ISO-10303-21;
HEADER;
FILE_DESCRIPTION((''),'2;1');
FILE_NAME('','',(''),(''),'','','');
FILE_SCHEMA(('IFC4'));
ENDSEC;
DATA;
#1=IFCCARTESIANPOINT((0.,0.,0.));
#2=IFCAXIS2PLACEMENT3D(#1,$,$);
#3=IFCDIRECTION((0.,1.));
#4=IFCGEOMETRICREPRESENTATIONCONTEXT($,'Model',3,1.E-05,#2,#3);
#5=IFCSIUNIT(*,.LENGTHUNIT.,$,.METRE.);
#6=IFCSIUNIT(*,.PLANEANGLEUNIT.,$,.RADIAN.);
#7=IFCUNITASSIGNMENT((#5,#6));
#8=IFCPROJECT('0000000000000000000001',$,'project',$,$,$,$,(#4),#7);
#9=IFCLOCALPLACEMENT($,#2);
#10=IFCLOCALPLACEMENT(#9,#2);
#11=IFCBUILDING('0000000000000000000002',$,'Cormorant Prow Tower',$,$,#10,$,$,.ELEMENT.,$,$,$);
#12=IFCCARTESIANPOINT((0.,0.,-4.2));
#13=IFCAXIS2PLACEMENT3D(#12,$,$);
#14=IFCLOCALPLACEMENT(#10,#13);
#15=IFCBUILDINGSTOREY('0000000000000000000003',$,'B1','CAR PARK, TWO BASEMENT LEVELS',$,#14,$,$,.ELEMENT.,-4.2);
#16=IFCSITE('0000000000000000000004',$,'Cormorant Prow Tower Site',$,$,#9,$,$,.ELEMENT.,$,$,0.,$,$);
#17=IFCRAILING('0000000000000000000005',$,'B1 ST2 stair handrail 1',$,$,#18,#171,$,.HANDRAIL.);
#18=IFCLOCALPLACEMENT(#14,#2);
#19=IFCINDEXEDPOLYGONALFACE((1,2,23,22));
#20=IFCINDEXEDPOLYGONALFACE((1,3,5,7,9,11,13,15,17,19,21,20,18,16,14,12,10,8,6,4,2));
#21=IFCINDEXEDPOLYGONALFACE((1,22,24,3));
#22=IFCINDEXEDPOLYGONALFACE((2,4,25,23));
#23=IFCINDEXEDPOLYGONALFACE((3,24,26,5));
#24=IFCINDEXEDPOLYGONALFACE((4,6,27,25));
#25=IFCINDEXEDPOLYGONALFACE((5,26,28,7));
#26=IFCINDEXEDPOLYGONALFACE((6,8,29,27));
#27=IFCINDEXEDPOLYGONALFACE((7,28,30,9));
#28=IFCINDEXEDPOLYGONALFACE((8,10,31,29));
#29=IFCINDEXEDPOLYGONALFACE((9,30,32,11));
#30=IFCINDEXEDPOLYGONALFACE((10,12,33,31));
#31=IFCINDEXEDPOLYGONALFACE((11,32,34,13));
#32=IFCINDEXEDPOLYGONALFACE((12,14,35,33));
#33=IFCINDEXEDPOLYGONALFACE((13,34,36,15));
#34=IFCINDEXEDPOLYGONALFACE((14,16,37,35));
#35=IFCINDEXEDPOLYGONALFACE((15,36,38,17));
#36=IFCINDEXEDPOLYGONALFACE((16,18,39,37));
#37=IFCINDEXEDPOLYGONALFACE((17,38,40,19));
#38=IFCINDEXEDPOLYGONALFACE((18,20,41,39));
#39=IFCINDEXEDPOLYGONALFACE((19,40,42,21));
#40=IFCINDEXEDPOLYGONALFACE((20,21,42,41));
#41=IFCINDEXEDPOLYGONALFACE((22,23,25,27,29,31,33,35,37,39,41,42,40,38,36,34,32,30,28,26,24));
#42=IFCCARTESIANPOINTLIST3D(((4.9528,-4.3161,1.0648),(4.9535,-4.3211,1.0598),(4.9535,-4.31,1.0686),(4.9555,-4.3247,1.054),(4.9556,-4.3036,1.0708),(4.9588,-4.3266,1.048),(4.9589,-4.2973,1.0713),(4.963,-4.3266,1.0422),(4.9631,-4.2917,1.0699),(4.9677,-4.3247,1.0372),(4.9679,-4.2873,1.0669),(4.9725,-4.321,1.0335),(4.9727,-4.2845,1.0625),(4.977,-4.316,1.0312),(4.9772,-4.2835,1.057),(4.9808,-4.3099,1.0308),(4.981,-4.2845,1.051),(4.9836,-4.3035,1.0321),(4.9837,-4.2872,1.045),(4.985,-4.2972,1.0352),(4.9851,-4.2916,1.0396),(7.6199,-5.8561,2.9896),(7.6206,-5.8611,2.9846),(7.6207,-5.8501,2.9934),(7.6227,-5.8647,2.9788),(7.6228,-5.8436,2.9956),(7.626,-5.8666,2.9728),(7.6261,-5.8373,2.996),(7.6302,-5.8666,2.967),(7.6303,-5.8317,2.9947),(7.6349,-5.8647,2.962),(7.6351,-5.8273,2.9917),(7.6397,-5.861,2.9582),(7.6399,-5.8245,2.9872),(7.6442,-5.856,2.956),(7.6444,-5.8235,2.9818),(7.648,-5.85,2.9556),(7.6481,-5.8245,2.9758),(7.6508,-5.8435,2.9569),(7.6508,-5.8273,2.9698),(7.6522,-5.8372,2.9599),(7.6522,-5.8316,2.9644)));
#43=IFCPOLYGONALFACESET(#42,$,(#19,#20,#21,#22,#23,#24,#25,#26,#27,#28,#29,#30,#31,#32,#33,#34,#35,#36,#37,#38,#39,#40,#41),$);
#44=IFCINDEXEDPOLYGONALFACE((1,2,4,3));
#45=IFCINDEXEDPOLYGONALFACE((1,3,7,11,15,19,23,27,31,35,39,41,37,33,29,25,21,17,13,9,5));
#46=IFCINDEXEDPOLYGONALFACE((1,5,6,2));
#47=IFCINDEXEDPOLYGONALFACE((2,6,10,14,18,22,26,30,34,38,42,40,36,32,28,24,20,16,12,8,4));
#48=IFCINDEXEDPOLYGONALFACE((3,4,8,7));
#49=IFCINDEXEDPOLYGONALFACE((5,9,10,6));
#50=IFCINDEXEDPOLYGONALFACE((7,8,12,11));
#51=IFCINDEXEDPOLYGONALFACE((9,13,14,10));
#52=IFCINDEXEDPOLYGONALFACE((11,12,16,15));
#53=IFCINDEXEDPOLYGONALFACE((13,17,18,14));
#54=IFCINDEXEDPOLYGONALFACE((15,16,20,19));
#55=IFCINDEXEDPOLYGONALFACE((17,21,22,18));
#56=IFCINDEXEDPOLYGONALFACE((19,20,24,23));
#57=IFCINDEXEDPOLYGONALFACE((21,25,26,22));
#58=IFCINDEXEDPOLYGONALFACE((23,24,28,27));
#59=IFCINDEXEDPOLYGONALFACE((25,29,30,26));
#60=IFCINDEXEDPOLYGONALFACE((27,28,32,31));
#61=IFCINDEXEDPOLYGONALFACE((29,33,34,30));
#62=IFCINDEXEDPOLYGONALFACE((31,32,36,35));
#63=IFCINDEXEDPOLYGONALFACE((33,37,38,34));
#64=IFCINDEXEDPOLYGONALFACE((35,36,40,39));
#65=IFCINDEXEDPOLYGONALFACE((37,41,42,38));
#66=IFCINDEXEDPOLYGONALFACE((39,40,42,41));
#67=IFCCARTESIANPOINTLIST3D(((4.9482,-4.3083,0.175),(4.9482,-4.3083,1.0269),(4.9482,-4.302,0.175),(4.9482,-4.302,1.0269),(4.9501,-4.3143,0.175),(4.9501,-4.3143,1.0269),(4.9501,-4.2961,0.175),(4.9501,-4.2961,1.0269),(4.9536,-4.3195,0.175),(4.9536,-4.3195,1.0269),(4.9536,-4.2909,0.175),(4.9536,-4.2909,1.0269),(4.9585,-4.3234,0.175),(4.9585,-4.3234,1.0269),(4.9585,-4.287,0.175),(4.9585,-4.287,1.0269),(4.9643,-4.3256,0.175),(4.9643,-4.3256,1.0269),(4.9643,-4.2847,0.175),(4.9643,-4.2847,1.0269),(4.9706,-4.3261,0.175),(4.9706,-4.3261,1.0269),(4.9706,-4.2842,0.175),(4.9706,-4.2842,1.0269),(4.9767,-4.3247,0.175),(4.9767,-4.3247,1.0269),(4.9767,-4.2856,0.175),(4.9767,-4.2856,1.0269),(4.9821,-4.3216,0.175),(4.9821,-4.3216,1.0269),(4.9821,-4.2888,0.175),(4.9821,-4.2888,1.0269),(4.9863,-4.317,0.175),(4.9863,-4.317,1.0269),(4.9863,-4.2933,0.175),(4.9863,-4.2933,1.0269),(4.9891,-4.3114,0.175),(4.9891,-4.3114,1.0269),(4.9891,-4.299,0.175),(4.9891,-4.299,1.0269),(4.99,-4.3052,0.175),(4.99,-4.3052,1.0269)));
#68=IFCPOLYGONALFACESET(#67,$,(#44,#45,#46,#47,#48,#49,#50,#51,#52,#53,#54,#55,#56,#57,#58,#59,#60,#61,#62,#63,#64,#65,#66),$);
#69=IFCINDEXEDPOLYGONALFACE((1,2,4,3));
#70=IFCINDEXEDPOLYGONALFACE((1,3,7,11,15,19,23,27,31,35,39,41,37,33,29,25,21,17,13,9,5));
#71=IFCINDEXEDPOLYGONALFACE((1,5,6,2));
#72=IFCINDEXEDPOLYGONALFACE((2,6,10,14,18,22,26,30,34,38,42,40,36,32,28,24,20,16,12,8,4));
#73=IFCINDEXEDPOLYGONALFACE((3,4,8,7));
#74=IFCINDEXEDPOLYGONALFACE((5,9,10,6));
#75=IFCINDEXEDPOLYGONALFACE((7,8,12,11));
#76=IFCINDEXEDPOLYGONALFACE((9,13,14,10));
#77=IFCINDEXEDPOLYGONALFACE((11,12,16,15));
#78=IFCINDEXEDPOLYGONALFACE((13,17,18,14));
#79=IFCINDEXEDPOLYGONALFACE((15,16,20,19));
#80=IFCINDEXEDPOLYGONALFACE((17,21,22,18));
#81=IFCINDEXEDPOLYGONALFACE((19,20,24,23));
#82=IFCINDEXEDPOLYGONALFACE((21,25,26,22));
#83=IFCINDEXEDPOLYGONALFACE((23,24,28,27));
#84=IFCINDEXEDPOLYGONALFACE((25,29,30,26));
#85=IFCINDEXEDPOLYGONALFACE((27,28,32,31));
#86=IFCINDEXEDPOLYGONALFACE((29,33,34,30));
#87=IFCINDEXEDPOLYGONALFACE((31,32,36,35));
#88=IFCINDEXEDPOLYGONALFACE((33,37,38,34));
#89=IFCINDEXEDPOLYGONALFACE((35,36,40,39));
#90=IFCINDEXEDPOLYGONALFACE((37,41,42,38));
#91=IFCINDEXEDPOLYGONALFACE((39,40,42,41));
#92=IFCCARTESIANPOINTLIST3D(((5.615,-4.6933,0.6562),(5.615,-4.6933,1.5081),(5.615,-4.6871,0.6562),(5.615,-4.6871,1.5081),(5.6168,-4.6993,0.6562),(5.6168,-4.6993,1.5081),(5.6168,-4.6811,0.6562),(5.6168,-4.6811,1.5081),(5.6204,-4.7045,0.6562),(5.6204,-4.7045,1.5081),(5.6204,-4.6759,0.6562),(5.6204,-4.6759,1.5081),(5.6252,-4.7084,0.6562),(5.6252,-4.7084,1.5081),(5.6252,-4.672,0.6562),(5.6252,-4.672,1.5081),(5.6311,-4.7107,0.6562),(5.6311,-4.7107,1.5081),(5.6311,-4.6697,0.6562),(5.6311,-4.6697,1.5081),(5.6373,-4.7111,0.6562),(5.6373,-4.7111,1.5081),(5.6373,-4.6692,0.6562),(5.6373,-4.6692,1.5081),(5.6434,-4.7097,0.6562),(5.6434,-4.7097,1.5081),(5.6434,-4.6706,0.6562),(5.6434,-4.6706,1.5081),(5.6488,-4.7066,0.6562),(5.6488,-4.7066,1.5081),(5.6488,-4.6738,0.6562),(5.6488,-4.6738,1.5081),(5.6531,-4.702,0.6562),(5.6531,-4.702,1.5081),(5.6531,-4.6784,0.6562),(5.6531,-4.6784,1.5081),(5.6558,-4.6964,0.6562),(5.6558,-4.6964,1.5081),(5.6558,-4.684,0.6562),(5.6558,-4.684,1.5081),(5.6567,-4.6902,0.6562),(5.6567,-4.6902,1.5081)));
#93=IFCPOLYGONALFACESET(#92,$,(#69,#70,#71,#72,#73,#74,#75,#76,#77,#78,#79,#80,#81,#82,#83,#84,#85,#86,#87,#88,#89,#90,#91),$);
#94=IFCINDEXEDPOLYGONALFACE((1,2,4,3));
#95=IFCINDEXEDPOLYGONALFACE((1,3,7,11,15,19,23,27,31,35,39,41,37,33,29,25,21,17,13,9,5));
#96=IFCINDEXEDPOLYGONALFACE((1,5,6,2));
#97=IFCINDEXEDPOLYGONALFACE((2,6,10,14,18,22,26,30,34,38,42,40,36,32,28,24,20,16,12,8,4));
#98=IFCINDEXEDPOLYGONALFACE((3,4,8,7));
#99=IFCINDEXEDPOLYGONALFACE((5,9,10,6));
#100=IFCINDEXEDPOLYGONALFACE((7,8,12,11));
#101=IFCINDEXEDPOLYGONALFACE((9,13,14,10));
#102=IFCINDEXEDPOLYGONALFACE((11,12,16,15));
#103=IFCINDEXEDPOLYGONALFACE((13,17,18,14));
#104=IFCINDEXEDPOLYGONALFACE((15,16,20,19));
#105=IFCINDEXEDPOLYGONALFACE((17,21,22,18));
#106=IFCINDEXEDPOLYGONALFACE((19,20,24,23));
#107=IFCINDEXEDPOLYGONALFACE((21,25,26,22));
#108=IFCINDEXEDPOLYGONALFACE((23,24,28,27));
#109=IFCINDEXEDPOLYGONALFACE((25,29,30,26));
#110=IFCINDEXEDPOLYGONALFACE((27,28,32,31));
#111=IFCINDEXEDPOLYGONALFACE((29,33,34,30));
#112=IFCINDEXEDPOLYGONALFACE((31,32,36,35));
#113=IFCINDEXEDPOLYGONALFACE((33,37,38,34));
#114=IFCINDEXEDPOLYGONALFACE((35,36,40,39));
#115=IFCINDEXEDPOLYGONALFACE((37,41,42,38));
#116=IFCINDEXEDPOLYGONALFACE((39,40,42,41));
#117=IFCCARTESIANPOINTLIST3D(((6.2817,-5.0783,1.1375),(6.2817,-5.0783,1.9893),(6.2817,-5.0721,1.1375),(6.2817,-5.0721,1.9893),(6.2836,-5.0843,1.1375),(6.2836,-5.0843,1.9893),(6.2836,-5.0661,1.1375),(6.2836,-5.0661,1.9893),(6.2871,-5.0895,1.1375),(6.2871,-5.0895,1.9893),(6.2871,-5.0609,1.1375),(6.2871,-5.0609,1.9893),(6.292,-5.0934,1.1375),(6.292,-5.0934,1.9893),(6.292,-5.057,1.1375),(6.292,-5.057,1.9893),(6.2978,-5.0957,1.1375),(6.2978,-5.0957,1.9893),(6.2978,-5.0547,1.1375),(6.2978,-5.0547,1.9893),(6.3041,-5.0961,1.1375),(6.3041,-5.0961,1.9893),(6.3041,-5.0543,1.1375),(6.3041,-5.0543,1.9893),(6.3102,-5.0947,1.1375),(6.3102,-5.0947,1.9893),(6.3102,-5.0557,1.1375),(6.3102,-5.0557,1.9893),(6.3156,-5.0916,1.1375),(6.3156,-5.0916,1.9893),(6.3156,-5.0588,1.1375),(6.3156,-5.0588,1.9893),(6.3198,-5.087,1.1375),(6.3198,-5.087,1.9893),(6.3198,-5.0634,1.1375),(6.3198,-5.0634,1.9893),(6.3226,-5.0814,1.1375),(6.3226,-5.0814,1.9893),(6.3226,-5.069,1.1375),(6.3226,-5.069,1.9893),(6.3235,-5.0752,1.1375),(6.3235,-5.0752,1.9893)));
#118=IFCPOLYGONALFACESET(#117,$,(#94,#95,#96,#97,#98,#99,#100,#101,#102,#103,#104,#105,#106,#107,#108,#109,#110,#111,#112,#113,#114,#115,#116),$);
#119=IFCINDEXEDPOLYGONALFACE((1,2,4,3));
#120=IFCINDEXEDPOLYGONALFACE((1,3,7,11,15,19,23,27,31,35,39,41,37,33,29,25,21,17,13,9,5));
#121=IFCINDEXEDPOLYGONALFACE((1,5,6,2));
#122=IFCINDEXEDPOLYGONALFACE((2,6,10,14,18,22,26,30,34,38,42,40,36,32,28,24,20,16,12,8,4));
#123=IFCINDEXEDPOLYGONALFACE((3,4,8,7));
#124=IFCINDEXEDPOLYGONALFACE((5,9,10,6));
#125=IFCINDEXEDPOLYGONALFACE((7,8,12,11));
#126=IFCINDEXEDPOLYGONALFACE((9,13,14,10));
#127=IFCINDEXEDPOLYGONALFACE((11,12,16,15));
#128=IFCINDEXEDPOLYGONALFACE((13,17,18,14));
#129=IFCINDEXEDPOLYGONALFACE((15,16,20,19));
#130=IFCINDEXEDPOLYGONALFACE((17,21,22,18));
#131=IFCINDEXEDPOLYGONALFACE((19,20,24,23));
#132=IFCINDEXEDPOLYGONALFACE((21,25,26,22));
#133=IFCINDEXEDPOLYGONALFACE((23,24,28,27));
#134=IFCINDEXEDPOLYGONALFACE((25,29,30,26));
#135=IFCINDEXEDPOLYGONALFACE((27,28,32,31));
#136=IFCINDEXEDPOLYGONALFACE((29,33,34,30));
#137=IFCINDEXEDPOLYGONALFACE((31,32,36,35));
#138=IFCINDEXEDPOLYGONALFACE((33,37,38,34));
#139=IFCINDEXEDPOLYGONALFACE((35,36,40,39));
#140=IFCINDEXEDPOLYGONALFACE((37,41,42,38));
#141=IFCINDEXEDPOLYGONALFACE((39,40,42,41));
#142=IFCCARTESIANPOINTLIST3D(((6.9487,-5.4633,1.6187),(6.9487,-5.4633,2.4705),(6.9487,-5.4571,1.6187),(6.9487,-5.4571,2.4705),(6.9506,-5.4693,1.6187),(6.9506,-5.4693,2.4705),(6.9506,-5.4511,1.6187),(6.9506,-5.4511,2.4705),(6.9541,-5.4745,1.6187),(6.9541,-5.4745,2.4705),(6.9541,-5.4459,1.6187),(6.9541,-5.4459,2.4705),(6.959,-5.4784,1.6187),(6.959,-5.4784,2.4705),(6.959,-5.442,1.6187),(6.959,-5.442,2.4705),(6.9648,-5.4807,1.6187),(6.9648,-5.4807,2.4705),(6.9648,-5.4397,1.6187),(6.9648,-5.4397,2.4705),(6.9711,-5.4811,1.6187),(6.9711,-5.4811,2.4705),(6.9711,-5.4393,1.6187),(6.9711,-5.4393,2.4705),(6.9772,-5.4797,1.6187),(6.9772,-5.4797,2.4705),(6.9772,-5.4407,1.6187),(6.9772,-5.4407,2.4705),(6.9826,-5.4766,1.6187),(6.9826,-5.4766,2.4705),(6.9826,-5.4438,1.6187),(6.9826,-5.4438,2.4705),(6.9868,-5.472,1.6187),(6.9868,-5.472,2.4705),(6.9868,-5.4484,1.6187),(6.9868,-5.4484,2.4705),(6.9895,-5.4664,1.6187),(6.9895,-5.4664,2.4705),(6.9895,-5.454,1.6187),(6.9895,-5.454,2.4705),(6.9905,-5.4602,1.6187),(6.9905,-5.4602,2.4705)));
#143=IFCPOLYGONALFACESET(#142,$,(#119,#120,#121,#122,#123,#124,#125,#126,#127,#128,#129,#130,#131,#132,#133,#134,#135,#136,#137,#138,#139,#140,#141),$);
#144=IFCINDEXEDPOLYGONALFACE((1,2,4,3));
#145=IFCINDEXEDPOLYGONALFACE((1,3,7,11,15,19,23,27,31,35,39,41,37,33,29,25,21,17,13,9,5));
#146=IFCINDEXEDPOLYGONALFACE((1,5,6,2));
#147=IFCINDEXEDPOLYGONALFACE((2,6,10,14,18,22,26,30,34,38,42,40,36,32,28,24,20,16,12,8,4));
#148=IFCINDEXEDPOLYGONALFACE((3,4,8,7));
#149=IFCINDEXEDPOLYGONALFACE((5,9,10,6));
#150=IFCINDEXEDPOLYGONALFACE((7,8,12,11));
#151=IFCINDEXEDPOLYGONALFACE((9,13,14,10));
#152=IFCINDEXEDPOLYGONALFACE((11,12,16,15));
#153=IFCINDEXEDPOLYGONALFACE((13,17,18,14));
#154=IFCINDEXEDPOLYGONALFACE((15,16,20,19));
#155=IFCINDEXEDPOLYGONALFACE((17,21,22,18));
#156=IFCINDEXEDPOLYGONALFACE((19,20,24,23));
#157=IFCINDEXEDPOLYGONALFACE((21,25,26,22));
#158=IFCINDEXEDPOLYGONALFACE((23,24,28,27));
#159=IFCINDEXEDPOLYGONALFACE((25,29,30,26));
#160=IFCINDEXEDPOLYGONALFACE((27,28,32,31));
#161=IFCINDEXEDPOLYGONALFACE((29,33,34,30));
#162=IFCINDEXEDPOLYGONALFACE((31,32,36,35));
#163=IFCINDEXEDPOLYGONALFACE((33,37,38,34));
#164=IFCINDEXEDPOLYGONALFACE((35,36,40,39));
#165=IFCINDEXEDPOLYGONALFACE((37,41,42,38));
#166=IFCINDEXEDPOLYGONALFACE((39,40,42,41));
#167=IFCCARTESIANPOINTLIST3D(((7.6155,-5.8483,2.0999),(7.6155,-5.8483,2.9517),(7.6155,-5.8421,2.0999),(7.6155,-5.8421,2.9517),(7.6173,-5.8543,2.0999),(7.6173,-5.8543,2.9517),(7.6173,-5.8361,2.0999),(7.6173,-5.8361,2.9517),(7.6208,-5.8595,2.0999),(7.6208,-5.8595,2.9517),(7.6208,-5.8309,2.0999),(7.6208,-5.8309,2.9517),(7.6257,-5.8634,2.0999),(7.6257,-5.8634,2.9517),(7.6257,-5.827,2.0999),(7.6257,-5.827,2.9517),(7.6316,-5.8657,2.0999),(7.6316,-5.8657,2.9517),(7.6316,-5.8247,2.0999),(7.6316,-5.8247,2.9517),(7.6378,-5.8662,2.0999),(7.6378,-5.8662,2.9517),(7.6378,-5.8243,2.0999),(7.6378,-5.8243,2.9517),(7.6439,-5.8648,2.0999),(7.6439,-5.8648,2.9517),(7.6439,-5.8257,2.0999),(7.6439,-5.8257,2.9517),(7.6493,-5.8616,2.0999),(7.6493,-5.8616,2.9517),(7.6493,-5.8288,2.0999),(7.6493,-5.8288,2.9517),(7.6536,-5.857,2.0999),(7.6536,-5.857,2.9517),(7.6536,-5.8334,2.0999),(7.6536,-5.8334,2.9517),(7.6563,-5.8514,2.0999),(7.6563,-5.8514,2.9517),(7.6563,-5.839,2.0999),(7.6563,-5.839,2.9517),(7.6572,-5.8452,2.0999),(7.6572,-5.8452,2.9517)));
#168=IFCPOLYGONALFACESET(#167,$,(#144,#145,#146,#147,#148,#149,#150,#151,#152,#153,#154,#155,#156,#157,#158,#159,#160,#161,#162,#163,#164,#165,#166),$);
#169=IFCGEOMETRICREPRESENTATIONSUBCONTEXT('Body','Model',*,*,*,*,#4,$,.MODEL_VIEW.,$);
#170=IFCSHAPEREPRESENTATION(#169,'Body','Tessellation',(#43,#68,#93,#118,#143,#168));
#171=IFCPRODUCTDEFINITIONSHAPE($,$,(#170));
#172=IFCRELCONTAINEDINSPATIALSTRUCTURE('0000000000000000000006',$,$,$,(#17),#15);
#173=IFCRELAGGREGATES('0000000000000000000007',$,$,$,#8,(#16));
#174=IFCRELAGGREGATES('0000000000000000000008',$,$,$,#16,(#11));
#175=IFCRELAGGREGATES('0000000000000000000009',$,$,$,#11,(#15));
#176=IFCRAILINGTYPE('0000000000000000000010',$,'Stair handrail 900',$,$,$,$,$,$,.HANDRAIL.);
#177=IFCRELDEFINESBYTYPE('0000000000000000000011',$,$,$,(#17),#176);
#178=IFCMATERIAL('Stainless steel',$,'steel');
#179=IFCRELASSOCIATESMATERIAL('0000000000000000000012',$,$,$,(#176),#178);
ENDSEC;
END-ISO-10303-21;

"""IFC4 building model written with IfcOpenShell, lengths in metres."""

from ifc_helpers import new_model, si_unit, direction, frame, origin, origin_2d, place, context, subcontext, project, spatial, circle, extrude, material, type_object, element, save


model = new_model("IFC4")

# Units and contexts
model_context = context("Model", 3, precision=1e-05, world=origin(), true_north=direction((0.0, 1.0)))
body_context = subcontext(model_context, "Body", "Model", "MODEL_VIEW")
ifc_project = project(units=[si_unit("LENGTHUNIT", "METRE"), si_unit("PLANEANGLEUNIT", "RADIAN")], contexts=[model_context])

# Site, building, storey
site_placement = place(None, origin())
site = spatial("IfcSite", under=ifc_project, at=site_placement, Name="Cormorant Prow Tower Site", CompositionType="ELEMENT", RefElevation=0.0)
building_placement = place(site_placement, origin())
building = spatial("IfcBuilding", under=site, at=building_placement, Name="Cormorant Prow Tower", CompositionType="ELEMENT")
storey_placement = place(building_placement, frame((0.0, 0.0, -4.2)))
storey = spatial("IfcBuildingStorey", under=building, at=storey_placement, Name="B1", Description="CAR PARK, TWO BASEMENT LEVELS", CompositionType="ELEMENT", Elevation=-4.2)

# Railing
ifc_material_1 = material(Name="Stainless steel", Category="steel")
railing_type_1 = type_object("IfcRailingType", Name="Stair handrail 900", PredefinedType="HANDRAIL", material=ifc_material_1)
railing_1_placement = place(storey_placement, frame((4.969, -4.3052, 0.175)))
element("IfcRailing", 1, at=railing_1_placement, inside=storey, type_object=railing_type_1, Name="B1 ST2 stair handrail 1", PredefinedType="HANDRAIL", context=body_context, shape_type="SweptSolid", body=[
    extrude(circle(Radius=0.0239, at=origin_2d()), frame((0.0, 0.0, 0.876), z_axis=(0.73439, -0.424031, 0.529971), x_axis=(0.500027, 0.86601, 0.0)), (0.0, 0.0, 1.0), 3.6318),
    extrude(circle(Radius=0.021, at=origin_2d()), origin(), (0.0, 0.0, 1.0), 0.8518),
    extrude(circle(Radius=0.021, at=origin_2d()), frame((0.6667, -0.385, 0.4812)), (0.0, 0.0, 1.0), 0.8518),
    extrude(circle(Radius=0.021, at=origin_2d()), frame((1.3335, -0.77, 0.9624)), (0.0, 0.0, 1.0), 0.8518),
    extrude(circle(Radius=0.021, at=origin_2d()), frame((2.0005, -1.155, 1.4436)), (0.0, 0.0, 1.0), 0.8518),
    extrude(circle(Radius=0.021, at=origin_2d()), frame((2.6672, -1.54, 1.9248)), (0.0, 0.0, 1.0), 0.8518),
])

save(model, "model.ifc")
